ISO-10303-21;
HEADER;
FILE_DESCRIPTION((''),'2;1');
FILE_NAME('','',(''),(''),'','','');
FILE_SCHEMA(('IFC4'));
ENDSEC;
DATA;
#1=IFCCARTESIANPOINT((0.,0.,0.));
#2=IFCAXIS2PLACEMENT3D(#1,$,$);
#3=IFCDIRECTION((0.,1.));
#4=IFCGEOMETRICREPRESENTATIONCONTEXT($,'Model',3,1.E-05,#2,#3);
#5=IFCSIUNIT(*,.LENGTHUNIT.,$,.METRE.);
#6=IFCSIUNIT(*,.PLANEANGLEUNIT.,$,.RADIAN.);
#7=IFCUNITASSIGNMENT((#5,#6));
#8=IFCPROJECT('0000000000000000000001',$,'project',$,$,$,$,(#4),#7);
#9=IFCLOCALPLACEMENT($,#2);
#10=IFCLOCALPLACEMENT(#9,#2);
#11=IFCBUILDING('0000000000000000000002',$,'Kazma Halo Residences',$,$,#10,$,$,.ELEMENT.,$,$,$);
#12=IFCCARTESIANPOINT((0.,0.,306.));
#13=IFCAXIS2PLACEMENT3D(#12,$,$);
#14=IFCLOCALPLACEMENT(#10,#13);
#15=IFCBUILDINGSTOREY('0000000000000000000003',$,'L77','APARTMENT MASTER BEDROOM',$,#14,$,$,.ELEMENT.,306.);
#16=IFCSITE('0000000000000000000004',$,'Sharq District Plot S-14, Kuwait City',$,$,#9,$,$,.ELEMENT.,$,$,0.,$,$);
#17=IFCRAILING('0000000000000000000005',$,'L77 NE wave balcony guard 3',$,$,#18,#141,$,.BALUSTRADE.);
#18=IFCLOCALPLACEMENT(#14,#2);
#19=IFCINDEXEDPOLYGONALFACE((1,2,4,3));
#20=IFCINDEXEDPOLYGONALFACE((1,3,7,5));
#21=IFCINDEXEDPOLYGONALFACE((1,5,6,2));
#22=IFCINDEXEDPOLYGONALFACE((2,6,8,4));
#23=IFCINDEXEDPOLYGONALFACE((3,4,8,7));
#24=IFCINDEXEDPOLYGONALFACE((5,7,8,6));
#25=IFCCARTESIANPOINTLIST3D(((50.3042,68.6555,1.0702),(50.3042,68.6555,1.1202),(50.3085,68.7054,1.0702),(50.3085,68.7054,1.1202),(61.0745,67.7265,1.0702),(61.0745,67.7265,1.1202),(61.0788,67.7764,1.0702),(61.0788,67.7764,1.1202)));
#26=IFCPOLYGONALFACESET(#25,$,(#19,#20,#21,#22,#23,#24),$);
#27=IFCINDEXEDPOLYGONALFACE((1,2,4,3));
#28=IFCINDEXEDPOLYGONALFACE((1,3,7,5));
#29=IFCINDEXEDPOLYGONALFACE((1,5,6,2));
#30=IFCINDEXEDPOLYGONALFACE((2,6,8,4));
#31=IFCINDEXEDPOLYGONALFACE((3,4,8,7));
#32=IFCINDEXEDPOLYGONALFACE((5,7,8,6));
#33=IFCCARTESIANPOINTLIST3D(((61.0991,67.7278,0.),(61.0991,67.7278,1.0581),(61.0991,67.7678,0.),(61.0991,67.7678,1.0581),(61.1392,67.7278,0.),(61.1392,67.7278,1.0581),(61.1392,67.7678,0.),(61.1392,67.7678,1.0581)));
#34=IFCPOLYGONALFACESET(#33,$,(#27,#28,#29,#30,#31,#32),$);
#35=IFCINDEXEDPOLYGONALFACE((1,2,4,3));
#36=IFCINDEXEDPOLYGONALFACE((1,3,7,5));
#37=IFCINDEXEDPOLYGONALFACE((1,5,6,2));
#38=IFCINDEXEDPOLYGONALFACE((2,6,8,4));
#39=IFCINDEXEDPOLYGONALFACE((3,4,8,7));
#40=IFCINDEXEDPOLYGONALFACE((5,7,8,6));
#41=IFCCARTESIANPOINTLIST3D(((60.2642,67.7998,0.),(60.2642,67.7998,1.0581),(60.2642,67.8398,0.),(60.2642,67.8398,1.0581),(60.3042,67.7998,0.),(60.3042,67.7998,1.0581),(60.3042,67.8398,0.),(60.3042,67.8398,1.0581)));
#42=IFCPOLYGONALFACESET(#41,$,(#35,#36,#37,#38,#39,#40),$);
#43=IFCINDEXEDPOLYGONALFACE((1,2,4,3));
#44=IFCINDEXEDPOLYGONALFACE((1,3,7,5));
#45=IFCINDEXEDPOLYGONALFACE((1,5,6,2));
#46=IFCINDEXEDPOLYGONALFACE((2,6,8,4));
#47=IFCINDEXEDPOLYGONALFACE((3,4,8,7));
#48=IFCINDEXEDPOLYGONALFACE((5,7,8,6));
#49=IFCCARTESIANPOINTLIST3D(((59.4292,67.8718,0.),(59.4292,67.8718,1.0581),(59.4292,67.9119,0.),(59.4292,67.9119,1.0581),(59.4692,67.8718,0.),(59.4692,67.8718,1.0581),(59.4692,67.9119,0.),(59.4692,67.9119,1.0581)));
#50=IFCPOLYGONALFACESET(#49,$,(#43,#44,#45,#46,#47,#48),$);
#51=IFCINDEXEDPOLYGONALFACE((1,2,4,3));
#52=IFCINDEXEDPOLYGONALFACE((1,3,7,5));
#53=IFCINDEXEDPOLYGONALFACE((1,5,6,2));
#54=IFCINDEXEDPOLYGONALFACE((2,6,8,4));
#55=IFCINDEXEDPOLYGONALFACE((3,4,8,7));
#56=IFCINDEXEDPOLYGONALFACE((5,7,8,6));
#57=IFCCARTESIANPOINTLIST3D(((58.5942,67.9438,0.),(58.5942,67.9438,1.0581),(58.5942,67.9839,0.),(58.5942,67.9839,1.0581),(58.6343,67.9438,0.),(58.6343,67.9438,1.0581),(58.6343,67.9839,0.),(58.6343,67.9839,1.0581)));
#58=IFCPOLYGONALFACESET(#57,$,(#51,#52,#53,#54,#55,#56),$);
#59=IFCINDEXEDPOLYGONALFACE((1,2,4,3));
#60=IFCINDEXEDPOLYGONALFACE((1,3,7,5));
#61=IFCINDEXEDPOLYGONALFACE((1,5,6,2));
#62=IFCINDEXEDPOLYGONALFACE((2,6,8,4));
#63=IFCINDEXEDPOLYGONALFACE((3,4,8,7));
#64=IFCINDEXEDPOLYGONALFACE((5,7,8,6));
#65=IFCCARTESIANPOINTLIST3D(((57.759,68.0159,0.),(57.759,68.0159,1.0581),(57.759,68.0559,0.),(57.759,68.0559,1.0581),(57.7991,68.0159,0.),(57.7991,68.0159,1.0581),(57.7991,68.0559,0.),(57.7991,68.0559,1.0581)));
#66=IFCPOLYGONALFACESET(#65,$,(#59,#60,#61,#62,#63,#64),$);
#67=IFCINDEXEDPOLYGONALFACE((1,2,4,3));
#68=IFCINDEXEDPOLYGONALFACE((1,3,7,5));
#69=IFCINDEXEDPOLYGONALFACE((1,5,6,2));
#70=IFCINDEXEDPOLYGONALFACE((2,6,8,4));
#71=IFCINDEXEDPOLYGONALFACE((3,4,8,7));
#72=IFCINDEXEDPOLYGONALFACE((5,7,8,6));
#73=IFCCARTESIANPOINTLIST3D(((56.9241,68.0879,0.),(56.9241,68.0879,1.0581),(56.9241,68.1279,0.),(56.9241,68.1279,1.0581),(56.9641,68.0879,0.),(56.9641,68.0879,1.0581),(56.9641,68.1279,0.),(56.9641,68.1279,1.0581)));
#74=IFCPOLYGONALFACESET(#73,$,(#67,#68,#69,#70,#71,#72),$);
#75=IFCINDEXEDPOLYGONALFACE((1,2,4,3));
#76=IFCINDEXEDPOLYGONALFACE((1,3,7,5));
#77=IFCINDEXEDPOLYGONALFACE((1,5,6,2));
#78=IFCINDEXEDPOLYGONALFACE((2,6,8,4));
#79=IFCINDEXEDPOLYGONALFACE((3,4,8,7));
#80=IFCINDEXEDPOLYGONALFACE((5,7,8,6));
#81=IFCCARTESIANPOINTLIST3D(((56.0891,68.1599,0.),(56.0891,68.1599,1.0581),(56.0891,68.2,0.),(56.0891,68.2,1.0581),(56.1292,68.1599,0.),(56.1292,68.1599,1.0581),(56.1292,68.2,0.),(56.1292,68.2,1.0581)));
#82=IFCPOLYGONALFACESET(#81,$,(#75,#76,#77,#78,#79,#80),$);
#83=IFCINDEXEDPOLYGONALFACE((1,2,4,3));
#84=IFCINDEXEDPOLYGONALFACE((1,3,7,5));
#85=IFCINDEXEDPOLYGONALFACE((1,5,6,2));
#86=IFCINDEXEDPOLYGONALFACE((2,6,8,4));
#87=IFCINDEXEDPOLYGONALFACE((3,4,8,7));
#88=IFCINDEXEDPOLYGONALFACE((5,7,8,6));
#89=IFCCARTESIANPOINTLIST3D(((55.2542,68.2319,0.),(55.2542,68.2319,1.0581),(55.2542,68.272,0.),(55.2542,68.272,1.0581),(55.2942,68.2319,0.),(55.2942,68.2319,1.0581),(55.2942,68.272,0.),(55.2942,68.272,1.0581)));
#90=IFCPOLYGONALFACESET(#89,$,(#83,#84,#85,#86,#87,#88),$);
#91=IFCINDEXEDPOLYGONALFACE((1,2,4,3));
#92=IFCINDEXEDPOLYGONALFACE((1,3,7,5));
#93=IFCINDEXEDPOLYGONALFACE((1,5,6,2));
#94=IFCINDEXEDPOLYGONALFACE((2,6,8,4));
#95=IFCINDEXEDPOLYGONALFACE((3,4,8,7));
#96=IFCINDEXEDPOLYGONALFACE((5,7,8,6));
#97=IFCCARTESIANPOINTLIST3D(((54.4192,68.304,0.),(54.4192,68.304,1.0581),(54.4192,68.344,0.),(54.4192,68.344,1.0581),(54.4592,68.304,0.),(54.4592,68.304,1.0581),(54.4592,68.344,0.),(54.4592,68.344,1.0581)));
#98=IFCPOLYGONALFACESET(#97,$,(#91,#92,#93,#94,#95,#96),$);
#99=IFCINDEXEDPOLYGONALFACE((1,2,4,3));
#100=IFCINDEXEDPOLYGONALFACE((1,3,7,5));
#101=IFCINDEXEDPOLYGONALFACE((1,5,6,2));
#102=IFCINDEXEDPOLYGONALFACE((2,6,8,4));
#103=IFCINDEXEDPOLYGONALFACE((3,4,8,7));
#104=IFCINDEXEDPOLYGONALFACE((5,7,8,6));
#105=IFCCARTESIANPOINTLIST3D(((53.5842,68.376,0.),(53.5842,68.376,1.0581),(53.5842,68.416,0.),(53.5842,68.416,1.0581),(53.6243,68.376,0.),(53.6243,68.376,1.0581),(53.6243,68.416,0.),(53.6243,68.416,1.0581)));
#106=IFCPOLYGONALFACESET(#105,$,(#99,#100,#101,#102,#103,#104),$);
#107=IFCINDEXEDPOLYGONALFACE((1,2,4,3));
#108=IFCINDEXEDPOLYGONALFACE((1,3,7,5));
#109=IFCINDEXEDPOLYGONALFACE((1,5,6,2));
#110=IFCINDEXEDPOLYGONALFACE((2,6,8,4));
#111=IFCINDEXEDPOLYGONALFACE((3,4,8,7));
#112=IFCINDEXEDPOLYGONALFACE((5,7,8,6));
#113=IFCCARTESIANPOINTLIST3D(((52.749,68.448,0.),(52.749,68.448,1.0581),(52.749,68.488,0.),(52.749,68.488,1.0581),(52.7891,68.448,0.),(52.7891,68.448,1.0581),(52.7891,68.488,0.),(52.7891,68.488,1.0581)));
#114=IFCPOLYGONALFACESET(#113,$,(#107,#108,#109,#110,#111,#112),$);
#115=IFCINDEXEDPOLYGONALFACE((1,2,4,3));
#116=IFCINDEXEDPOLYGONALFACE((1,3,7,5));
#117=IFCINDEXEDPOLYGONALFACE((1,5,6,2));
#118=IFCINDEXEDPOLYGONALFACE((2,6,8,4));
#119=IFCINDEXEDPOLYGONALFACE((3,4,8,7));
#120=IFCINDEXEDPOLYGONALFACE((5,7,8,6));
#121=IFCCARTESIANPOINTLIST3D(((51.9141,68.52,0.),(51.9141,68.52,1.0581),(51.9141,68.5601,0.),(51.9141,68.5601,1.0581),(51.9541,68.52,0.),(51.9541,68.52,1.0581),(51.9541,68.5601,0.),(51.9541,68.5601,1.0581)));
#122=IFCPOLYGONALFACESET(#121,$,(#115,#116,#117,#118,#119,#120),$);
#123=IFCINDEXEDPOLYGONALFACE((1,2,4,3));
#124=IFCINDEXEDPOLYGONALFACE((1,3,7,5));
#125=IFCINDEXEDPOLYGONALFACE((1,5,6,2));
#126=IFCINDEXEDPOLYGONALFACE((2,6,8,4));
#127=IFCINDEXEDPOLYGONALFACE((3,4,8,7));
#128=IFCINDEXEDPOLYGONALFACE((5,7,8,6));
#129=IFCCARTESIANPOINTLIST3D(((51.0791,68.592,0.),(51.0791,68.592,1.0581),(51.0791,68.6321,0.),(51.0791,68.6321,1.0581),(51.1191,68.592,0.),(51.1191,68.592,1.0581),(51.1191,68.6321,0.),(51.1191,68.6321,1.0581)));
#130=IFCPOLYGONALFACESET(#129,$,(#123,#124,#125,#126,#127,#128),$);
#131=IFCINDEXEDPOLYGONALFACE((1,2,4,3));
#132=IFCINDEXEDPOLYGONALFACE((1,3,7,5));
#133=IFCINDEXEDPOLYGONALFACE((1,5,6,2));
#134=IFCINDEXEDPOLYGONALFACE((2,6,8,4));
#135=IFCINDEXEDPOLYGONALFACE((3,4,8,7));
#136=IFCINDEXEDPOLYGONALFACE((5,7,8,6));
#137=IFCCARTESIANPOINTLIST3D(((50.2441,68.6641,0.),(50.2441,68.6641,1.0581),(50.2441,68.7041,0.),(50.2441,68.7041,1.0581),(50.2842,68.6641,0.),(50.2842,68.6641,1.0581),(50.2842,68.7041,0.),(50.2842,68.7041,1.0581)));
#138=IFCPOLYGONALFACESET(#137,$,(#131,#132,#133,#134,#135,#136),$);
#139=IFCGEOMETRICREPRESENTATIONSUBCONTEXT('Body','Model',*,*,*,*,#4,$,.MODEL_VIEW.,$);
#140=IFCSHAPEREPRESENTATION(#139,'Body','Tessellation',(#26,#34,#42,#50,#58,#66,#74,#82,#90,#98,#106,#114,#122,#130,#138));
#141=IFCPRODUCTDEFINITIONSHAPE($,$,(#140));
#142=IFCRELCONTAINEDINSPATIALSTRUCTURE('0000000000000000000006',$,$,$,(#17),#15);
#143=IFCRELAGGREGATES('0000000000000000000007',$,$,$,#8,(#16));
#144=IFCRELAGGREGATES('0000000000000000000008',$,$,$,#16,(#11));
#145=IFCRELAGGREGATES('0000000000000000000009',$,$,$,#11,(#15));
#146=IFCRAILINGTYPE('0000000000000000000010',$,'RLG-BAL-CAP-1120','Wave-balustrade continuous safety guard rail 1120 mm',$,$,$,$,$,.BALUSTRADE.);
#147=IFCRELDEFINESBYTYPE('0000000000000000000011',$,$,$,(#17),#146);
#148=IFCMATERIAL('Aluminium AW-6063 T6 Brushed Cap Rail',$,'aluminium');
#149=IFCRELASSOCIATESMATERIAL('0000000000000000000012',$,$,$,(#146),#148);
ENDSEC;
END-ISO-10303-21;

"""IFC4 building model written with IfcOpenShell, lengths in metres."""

from ifc_helpers import new_model, si_unit, direction, frame, origin, origin_2d, place, context, subcontext, project, spatial, rectangle, extrude, material, type_object, element, save


model = new_model("IFC4")

# Units and contexts
model_context = context("Model", 3, precision=1e-05, world=origin(), true_north=direction((0.0, 1.0)))
body_context = subcontext(model_context, "Body", "Model", "MODEL_VIEW")
ifc_project = project(units=[si_unit("LENGTHUNIT", "METRE"), si_unit("PLANEANGLEUNIT", "RADIAN")], contexts=[model_context])

# Site, building, storey
site_placement = place(None, origin())
site = spatial("IfcSite", under=ifc_project, at=site_placement, Name="Sharq District Plot S-14, Kuwait City", CompositionType="ELEMENT", RefElevation=0.0)
building_placement = place(site_placement, origin())
building = spatial("IfcBuilding", under=site, at=building_placement, Name="Kazma Halo Residences", CompositionType="ELEMENT")
storey_placement = place(building_placement, frame((0.0, 0.0, 306.0)))
storey = spatial("IfcBuildingStorey", under=building, at=storey_placement, Name="L77", Description="APARTMENT MASTER BEDROOM", CompositionType="ELEMENT", Elevation=306.0)

# Railing
ifc_material_1 = material(Name="Aluminium AW-6063 T6 Brushed Cap Rail", Category="aluminium")
railing_type = type_object("IfcRailingType", Name="RLG-BAL-CAP-1120", Description="Wave-balustrade continuous safety guard rail 1120 mm", PredefinedType="BALUSTRADE", material=ifc_material_1)
railing_1_placement = place(storey_placement, frame((61.1191, 67.7478, 0.0)))
element("IfcRailing", 1, at=railing_1_placement, inside=storey, type_object=railing_type, Name="L77 NE wave balcony guard 3", PredefinedType="BALUSTRADE", context=body_context, shape_type="SweptSolid", body=[
    extrude(rectangle(XDim=0.05, YDim=0.05, at=origin_2d()), frame((-0.0425, 0.0037, 1.0952), z_axis=(-0.996301, 0.085934, 0.0), x_axis=(-0.085934, -0.996301, 0.0)), (0.0, 0.0, 1.0), 10.8103),
    extrude(rectangle(XDim=0.04, YDim=0.04, at=origin_2d()), origin(), (0.0, 0.0, 1.0), 1.0581),
    extrude(rectangle(XDim=0.04, YDim=0.04, at=origin_2d()), frame((-0.835, 0.072, 0.0)), (0.0, 0.0, 1.0), 1.0581),
    extrude(rectangle(XDim=0.04, YDim=0.04, at=origin_2d()), frame((-1.6699, 0.144, 0.0)), (0.0, 0.0, 1.0), 1.0581),
    extrude(rectangle(XDim=0.04, YDim=0.04, at=origin_2d()), frame((-2.5049, 0.2161, 0.0)), (0.0, 0.0, 1.0), 1.0581),
    extrude(rectangle(XDim=0.04, YDim=0.04, at=origin_2d()), frame((-3.3401, 0.2881, 0.0)), (0.0, 0.0, 1.0), 1.0581),
    extrude(rectangle(XDim=0.04, YDim=0.04, at=origin_2d()), frame((-4.175, 0.3601, 0.0)), (0.0, 0.0, 1.0), 1.0581),
    extrude(rectangle(XDim=0.04, YDim=0.04, at=origin_2d()), frame((-5.01, 0.4321, 0.0)), (0.0, 0.0, 1.0), 1.0581),
    extrude(rectangle(XDim=0.04, YDim=0.04, at=origin_2d()), frame((-5.845, 0.5042, 0.0)), (0.0, 0.0, 1.0), 1.0581),
    extrude(rectangle(XDim=0.04, YDim=0.04, at=origin_2d()), frame((-6.6799, 0.5762, 0.0)), (0.0, 0.0, 1.0), 1.0581),
    extrude(rectangle(XDim=0.04, YDim=0.04, at=origin_2d()), frame((-7.5149, 0.6482, 0.0)), (0.0, 0.0, 1.0), 1.0581),
    extrude(rectangle(XDim=0.04, YDim=0.04, at=origin_2d()), frame((-8.3501, 0.7202, 0.0)), (0.0, 0.0, 1.0), 1.0581),
    extrude(rectangle(XDim=0.04, YDim=0.04, at=origin_2d()), frame((-9.1851, 0.7922, 0.0)), (0.0, 0.0, 1.0), 1.0581),
    extrude(rectangle(XDim=0.04, YDim=0.04, at=origin_2d()), frame((-10.02, 0.8643, 0.0)), (0.0, 0.0, 1.0), 1.0581),
    extrude(rectangle(XDim=0.04, YDim=0.04, at=origin_2d()), frame((-10.855, 0.9363, 0.0)), (0.0, 0.0, 1.0), 1.0581),
])

save(model, "model.ifc")
